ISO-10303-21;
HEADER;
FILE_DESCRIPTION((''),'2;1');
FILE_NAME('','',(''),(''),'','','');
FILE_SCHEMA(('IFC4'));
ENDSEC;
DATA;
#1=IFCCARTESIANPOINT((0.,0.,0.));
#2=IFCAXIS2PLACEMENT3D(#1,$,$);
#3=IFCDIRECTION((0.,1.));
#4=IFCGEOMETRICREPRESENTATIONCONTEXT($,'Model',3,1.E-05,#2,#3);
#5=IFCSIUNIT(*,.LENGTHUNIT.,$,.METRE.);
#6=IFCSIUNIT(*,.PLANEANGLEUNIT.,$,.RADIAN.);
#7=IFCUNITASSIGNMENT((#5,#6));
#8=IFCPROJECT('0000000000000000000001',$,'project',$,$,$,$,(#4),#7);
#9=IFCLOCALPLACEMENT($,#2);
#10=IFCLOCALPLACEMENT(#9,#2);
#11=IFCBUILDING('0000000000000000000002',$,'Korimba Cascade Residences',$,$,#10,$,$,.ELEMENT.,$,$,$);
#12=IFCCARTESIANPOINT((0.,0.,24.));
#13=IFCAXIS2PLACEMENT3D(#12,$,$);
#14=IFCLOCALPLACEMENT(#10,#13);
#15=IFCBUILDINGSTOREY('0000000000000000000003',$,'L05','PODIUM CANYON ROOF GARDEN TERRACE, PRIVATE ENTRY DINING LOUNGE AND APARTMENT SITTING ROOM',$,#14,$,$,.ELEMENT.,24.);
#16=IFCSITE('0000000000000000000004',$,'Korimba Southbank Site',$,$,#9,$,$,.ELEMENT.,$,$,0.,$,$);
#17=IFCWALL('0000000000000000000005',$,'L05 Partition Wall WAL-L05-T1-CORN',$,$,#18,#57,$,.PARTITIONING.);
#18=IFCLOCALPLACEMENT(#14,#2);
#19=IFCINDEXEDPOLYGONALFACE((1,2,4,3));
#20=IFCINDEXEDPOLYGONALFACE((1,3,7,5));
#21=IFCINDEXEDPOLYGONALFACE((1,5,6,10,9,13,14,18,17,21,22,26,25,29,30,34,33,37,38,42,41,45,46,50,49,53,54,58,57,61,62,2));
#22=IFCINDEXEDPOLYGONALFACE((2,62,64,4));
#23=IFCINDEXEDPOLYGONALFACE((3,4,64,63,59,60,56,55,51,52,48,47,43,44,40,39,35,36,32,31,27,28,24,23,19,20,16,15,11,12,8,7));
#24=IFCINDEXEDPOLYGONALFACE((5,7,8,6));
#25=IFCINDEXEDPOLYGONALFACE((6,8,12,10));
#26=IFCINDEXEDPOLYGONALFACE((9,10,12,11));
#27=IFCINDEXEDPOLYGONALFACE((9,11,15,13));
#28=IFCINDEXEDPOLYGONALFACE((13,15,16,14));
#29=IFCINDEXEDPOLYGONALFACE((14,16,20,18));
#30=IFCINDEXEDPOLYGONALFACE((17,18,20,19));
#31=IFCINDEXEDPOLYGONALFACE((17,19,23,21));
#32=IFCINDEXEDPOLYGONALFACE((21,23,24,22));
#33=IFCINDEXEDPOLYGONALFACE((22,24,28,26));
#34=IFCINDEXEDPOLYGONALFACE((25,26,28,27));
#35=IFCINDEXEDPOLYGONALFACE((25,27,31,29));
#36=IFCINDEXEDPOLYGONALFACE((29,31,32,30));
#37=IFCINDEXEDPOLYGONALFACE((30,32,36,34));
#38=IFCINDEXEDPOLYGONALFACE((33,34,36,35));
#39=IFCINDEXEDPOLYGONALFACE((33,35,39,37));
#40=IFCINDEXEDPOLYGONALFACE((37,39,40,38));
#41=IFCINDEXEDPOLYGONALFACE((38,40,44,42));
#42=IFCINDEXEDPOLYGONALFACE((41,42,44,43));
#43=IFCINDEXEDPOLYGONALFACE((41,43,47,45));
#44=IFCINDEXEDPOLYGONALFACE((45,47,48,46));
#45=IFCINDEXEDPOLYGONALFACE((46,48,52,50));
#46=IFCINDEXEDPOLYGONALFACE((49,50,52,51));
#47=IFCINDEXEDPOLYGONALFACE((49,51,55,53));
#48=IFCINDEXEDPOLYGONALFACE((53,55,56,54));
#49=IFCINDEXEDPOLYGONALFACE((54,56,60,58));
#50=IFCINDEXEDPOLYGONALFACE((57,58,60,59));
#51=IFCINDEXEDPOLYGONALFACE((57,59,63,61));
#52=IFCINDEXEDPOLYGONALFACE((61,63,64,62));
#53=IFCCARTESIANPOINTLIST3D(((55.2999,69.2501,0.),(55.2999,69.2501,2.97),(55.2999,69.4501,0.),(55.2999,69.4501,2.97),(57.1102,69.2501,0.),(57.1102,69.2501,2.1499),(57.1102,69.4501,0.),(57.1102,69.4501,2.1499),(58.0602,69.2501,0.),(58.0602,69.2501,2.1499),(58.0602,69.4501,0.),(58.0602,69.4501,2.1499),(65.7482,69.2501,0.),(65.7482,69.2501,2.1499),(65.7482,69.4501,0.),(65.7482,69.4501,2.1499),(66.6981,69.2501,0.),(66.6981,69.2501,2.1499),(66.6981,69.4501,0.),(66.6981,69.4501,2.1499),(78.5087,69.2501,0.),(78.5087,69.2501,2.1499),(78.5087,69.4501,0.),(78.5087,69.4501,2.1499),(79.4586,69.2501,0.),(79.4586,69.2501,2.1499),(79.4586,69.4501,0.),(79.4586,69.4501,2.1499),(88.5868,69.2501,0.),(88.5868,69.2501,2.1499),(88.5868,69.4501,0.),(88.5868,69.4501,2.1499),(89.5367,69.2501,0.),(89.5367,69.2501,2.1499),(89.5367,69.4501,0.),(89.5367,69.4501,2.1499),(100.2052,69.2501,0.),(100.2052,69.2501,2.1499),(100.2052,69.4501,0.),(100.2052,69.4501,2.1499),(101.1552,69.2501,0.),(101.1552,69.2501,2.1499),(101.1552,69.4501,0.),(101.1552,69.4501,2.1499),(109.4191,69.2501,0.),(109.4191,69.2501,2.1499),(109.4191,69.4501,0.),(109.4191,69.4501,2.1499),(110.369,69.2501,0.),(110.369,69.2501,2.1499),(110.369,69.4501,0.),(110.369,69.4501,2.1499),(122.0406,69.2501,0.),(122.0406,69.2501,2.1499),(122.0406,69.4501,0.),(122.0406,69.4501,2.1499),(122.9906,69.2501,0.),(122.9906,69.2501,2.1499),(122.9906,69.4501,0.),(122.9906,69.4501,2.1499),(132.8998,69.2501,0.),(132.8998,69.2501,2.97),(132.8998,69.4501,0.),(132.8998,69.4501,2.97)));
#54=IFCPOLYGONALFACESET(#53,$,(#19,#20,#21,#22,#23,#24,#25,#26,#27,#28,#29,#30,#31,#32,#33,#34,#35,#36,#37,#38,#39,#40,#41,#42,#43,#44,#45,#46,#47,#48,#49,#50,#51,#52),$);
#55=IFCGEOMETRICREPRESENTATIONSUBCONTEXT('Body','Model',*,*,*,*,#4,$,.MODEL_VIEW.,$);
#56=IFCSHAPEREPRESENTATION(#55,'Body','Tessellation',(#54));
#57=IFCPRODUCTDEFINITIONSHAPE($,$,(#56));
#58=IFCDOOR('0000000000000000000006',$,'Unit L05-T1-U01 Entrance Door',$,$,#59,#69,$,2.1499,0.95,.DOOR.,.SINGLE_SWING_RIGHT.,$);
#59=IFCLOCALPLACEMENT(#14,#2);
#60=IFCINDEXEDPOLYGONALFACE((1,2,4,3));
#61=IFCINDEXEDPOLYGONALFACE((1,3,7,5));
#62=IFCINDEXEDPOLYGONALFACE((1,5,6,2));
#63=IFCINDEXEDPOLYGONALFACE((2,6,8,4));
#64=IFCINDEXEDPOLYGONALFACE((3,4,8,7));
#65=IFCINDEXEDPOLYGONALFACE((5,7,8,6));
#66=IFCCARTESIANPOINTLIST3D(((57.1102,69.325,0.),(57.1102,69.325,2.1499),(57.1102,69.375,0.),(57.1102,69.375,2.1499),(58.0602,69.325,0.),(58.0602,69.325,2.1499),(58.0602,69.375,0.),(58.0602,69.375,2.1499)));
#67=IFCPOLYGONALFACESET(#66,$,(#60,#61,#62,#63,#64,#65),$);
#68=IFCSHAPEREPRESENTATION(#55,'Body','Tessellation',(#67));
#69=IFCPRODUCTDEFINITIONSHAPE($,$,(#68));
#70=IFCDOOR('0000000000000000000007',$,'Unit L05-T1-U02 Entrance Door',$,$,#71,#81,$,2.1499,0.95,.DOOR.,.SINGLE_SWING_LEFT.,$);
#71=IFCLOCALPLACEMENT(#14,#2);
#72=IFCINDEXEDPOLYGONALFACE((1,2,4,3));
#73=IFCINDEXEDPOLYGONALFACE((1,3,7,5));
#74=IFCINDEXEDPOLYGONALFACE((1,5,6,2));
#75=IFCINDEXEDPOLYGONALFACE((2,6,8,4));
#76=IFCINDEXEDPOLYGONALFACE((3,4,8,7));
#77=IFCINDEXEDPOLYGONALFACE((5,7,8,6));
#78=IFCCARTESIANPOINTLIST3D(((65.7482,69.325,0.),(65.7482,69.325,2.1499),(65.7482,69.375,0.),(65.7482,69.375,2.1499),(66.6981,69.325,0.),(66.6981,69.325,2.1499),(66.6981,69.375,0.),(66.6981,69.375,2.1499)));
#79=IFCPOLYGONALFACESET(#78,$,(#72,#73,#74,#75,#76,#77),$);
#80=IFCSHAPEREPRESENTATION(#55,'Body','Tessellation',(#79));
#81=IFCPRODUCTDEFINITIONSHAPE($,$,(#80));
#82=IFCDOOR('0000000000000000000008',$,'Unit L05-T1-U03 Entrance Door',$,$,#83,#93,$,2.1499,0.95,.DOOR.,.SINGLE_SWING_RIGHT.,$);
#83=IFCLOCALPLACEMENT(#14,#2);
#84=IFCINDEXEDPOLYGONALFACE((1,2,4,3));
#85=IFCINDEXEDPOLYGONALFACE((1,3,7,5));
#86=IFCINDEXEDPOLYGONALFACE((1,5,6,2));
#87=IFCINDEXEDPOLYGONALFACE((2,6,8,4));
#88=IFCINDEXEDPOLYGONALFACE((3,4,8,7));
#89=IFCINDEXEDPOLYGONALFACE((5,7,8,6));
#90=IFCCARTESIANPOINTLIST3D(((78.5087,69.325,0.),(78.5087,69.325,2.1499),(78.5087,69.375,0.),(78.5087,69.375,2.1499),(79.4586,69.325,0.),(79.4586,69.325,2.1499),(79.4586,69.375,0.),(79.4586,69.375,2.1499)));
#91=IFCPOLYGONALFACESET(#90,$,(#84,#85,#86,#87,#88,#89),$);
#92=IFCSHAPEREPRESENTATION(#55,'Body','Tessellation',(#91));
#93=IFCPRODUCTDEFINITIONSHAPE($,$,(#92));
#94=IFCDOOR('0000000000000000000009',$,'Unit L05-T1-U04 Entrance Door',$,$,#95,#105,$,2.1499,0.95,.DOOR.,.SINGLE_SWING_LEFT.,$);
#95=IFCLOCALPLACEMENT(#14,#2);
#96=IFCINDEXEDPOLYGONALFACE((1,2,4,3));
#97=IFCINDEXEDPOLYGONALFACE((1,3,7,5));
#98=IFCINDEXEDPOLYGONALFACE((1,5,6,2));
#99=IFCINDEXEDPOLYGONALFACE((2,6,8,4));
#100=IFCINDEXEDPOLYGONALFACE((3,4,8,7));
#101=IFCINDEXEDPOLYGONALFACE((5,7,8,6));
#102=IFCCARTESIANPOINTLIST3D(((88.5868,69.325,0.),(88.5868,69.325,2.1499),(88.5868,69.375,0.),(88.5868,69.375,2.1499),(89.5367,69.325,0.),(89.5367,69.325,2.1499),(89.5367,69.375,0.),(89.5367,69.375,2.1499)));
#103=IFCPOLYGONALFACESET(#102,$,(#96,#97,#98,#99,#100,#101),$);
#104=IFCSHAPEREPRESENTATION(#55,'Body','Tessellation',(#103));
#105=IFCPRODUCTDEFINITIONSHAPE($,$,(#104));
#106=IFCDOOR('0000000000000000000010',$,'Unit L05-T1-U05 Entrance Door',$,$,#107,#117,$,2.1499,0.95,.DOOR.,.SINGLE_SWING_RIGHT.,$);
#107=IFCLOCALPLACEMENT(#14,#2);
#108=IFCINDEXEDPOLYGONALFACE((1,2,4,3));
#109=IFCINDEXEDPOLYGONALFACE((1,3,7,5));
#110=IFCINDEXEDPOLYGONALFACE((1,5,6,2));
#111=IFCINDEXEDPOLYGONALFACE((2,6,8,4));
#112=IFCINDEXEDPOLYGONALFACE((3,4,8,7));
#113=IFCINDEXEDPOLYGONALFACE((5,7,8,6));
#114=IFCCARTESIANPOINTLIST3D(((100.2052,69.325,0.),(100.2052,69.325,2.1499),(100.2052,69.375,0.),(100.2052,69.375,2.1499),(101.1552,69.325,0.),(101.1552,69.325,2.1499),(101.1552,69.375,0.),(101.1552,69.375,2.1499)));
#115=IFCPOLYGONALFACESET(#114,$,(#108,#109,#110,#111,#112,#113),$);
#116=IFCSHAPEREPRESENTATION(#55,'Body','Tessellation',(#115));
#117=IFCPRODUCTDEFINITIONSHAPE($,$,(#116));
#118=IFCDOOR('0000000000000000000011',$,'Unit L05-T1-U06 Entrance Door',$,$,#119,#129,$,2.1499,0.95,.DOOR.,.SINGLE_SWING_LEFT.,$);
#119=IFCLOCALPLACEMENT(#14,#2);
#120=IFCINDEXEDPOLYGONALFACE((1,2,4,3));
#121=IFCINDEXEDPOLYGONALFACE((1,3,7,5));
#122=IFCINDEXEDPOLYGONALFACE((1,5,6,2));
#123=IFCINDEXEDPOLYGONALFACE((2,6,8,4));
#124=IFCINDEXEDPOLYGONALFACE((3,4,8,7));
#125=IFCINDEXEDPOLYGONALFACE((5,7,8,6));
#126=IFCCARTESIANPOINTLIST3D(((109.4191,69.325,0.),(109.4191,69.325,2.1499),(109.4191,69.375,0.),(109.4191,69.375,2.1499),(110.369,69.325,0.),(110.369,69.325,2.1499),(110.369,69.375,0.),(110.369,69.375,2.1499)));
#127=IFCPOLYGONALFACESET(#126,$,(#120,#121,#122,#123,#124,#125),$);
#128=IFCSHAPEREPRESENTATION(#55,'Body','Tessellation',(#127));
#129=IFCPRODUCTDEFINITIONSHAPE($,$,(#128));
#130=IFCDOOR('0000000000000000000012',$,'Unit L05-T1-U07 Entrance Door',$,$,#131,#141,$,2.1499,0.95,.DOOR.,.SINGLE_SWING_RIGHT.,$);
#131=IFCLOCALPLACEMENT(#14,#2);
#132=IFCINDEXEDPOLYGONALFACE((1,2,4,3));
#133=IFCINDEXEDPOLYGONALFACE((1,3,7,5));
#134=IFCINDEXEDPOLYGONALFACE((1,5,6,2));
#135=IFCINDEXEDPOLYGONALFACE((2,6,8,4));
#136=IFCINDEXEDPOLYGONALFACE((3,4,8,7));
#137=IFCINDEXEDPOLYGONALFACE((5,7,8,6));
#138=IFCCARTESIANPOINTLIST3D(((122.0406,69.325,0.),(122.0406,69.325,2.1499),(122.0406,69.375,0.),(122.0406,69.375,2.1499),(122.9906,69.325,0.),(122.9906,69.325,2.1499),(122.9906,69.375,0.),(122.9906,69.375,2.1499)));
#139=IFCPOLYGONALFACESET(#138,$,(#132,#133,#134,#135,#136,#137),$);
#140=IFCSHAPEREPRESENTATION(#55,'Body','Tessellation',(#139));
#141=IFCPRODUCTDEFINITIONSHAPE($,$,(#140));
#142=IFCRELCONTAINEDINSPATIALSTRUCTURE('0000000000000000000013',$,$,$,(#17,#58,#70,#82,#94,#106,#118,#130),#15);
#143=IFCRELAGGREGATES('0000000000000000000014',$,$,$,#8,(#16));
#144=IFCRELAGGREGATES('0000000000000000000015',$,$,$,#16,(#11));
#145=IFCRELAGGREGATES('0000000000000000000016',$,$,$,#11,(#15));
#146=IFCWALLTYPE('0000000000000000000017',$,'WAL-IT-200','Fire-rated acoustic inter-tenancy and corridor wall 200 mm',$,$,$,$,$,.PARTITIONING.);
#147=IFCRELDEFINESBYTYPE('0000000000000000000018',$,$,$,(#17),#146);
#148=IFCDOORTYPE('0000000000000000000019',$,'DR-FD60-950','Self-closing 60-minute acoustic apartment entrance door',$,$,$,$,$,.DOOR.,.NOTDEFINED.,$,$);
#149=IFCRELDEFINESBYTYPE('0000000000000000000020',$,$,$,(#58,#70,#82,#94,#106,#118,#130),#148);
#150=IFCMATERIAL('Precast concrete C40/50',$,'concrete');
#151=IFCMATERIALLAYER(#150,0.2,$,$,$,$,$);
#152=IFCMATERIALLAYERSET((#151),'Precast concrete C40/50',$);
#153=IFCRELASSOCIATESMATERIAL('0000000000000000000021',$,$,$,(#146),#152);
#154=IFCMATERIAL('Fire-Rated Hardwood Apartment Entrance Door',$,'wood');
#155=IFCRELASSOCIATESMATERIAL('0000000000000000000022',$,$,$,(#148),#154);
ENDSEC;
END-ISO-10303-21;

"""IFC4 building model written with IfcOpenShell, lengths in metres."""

from ifc_helpers import new_model, si_unit, direction, frame, frame_2d, origin, place, context, subcontext, project, spatial, rectangle, extrude, material, layer, layer_set, type_object, element, fill, save


model = new_model("IFC4")

# Units and contexts
model_context = context("Model", 3, precision=1e-05, world=origin(), true_north=direction((0.0, 1.0)))
body_context = subcontext(model_context, "Body", "Model", "MODEL_VIEW")
ifc_project = project(units=[si_unit("LENGTHUNIT", "METRE"), si_unit("PLANEANGLEUNIT", "RADIAN")], contexts=[model_context])

# Site, building, storey
site_placement = place(None, origin())
site = spatial("IfcSite", under=ifc_project, at=site_placement, Name="Korimba Southbank Site", CompositionType="ELEMENT", RefElevation=0.0)
building_placement = place(site_placement, origin())
building = spatial("IfcBuilding", under=site, at=building_placement, Name="Korimba Cascade Residences", CompositionType="ELEMENT")
storey_placement = place(building_placement, frame((0.0, 0.0, 24.0)))
storey = spatial("IfcBuildingStorey", under=building, at=storey_placement, Name="L05", Description="PODIUM CANYON ROOF GARDEN TERRACE, PRIVATE ENTRY DINING LOUNGE AND APARTMENT SITTING ROOM", CompositionType="ELEMENT", Elevation=24.0)

# Shared definitions
ifc_material_1 = material(Name="Precast concrete C40/50", Category="concrete")

# Shared definitions
ifc_layer_1 = layer(ifc_material_1, 0.2)
ifc_layer_set_1 = layer_set([ifc_layer_1], Name="Precast concrete C40/50")
wall_type_1 = type_object("IfcWallType", Name="WAL-IT-200", Description="Fire-rated acoustic inter-tenancy and corridor wall 200 mm", PredefinedType="PARTITIONING", material=ifc_layer_set_1)
ifc_material_2 = material(Name="Fire-Rated Hardwood Apartment Entrance Door", Category="wood")
door_type_1 = type_object("IfcDoorType", Name="DR-FD60-950", Description="Self-closing 60-minute acoustic apartment entrance door", OperationType="NOTDEFINED", PredefinedType="DOOR", material=ifc_material_2)

# Wall, openings, doors
wall_1_placement = place(storey_placement, frame((55.3, 69.3501, 0.0), z_axis=(0.0, 0.0, 1.0), x_axis=(1.0, 0.0, 0.0)))
wall_1 = element("IfcWall", 1, at=wall_1_placement, inside=storey, type_object=wall_type_1, Name="L05 Partition Wall WAL-L05-T1-CORN", PredefinedType="PARTITIONING", context=body_context, shape_type="SweptSolid", body=[
    extrude(rectangle(XDim=77.5999, YDim=0.2, at=frame_2d((38.7998, 0.0))), origin(), (0.0, 0.0, 1.0), 2.97),
])
opening_1_placement = place(wall_1_placement, frame((1.8101, 0.0, 0.0)))
opening_1 = element("IfcOpeningElement", 2, at=opening_1_placement, cuts=wall_1, PredefinedType="OPENING", context=body_context, shape_type="SweptSolid", body=[
    extrude(rectangle(XDim=0.95, YDim=2.1499, at=frame_2d((0.4751, 1.075))), frame((0.0, 0.1099, 0.0), z_axis=(0.0, -1.0, 0.0), x_axis=(1.0, 0.0, 0.0)), (0.0, 0.0, 1.0), 0.22),
])
opening_2_placement = place(wall_1_placement, frame((10.448, 0.0, 0.0)))
opening_2 = element("IfcOpeningElement", 3, at=opening_2_placement, cuts=wall_1, PredefinedType="OPENING", context=body_context, shape_type="SweptSolid", body=[
    extrude(rectangle(XDim=0.95, YDim=2.1499, at=frame_2d((0.4751, 1.075))), frame((0.0, 0.1099, 0.0), z_axis=(0.0, -1.0, 0.0), x_axis=(1.0, 0.0, 0.0)), (0.0, 0.0, 1.0), 0.22),
])
opening_3_placement = place(wall_1_placement, frame((23.2085, 0.0, 0.0)))
opening_3 = element("IfcOpeningElement", 4, at=opening_3_placement, cuts=wall_1, PredefinedType="OPENING", context=body_context, shape_type="SweptSolid", body=[
    extrude(rectangle(XDim=0.95, YDim=2.1499, at=frame_2d((0.4751, 1.075))), frame((0.0, 0.1099, 0.0), z_axis=(0.0, -1.0, 0.0), x_axis=(1.0, 0.0, 0.0)), (0.0, 0.0, 1.0), 0.22),
])
opening_4_placement = place(wall_1_placement, frame((33.2866, 0.0, 0.0)))
opening_4 = element("IfcOpeningElement", 5, at=opening_4_placement, cuts=wall_1, PredefinedType="OPENING", context=body_context, shape_type="SweptSolid", body=[
    extrude(rectangle(XDim=0.95, YDim=2.1499, at=frame_2d((0.4751, 1.075))), frame((0.0, 0.1099, 0.0), z_axis=(0.0, -1.0, 0.0), x_axis=(1.0, 0.0, 0.0)), (0.0, 0.0, 1.0), 0.22),
])
opening_5_placement = place(wall_1_placement, frame((44.905, 0.0, 0.0)))
opening_5 = element("IfcOpeningElement", 6, at=opening_5_placement, cuts=wall_1, PredefinedType="OPENING", context=body_context, shape_type="SweptSolid", body=[
    extrude(rectangle(XDim=0.95, YDim=2.1499, at=frame_2d((0.4751, 1.075))), frame((0.0, 0.1099, 0.0), z_axis=(0.0, -1.0, 0.0), x_axis=(1.0, 0.0, 0.0)), (0.0, 0.0, 1.0), 0.22),
])
opening_6_placement = place(wall_1_placement, frame((54.1189, 0.0, 0.0)))
opening_6 = element("IfcOpeningElement", 7, at=opening_6_placement, cuts=wall_1, PredefinedType="OPENING", context=body_context, shape_type="SweptSolid", body=[
    extrude(rectangle(XDim=0.95, YDim=2.1499, at=frame_2d((0.4751, 1.075))), frame((0.0, 0.1099, 0.0), z_axis=(0.0, -1.0, 0.0), x_axis=(1.0, 0.0, 0.0)), (0.0, 0.0, 1.0), 0.22),
])
opening_7_placement = place(wall_1_placement, frame((66.7405, 0.0, 0.0)))
opening_7 = element("IfcOpeningElement", 8, at=opening_7_placement, cuts=wall_1, PredefinedType="OPENING", context=body_context, shape_type="SweptSolid", body=[
    extrude(rectangle(XDim=0.95, YDim=2.1499, at=frame_2d((0.4751, 1.075))), frame((0.0, 0.1099, 0.0), z_axis=(0.0, -1.0, 0.0), x_axis=(1.0, 0.0, 0.0)), (0.0, 0.0, 1.0), 0.22),
])
door_1_placement = place(opening_1_placement, origin())
door_1 = element("IfcDoor", 9, at=door_1_placement, inside=storey, type_object=door_type_1, Name="Unit L05-T1-U01 Entrance Door", OperationType="SINGLE_SWING_RIGHT", OverallHeight=2.1499, OverallWidth=0.95, PredefinedType="DOOR", context=body_context, shape_type="SweptSolid", body=[
    extrude(rectangle(XDim=0.95, YDim=2.1499, at=frame_2d((0.4751, 1.075))), frame((0.0, 0.0249, 0.0), z_axis=(0.0, -1.0, 0.0), x_axis=(1.0, 0.0, 0.0)), (0.0, 0.0, 1.0), 0.05),
])
fill(opening_1, door_1)
door_2_placement = place(opening_2_placement, origin())
door_2 = element("IfcDoor", 10, at=door_2_placement, inside=storey, type_object=door_type_1, Name="Unit L05-T1-U02 Entrance Door", OperationType="SINGLE_SWING_LEFT", OverallHeight=2.1499, OverallWidth=0.95, PredefinedType="DOOR", context=body_context, shape_type="SweptSolid", body=[
    extrude(rectangle(XDim=0.95, YDim=2.1499, at=frame_2d((0.4751, 1.075))), frame((0.0, 0.0249, 0.0), z_axis=(0.0, -1.0, 0.0), x_axis=(1.0, 0.0, 0.0)), (0.0, 0.0, 1.0), 0.05),
])
fill(opening_2, door_2)
door_3_placement = place(opening_3_placement, origin())
door_3 = element("IfcDoor", 11, at=door_3_placement, inside=storey, type_object=door_type_1, Name="Unit L05-T1-U03 Entrance Door", OperationType="SINGLE_SWING_RIGHT", OverallHeight=2.1499, OverallWidth=0.95, PredefinedType="DOOR", context=body_context, shape_type="SweptSolid", body=[
    extrude(rectangle(XDim=0.95, YDim=2.1499, at=frame_2d((0.4751, 1.075))), frame((0.0, 0.0249, 0.0), z_axis=(0.0, -1.0, 0.0), x_axis=(1.0, 0.0, 0.0)), (0.0, 0.0, 1.0), 0.05),
])
fill(opening_3, door_3)
door_4_placement = place(opening_4_placement, origin())
door_4 = element("IfcDoor", 12, at=door_4_placement, inside=storey, type_object=door_type_1, Name="Unit L05-T1-U04 Entrance Door", OperationType="SINGLE_SWING_LEFT", OverallHeight=2.1499, OverallWidth=0.95, PredefinedType="DOOR", context=body_context, shape_type="SweptSolid", body=[
    extrude(rectangle(XDim=0.95, YDim=2.1499, at=frame_2d((0.4751, 1.075))), frame((0.0, 0.0249, 0.0), z_axis=(0.0, -1.0, 0.0), x_axis=(1.0, 0.0, 0.0)), (0.0, 0.0, 1.0), 0.05),
])
fill(opening_4, door_4)
door_5_placement = place(opening_5_placement, origin())
door_5 = element("IfcDoor", 13, at=door_5_placement, inside=storey, type_object=door_type_1, Name="Unit L05-T1-U05 Entrance Door", OperationType="SINGLE_SWING_RIGHT", OverallHeight=2.1499, OverallWidth=0.95, PredefinedType="DOOR", context=body_context, shape_type="SweptSolid", body=[
    extrude(rectangle(XDim=0.95, YDim=2.1499, at=frame_2d((0.4751, 1.075))), frame((0.0, 0.0249, 0.0), z_axis=(0.0, -1.0, 0.0), x_axis=(1.0, 0.0, 0.0)), (0.0, 0.0, 1.0), 0.05),
])
fill(opening_5, door_5)
door_6_placement = place(opening_6_placement, origin())
door_6 = element("IfcDoor", 14, at=door_6_placement, inside=storey, type_object=door_type_1, Name="Unit L05-T1-U06 Entrance Door", OperationType="SINGLE_SWING_LEFT", OverallHeight=2.1499, OverallWidth=0.95, PredefinedType="DOOR", context=body_context, shape_type="SweptSolid", body=[
    extrude(rectangle(XDim=0.95, YDim=2.1499, at=frame_2d((0.4751, 1.075))), frame((0.0, 0.0249, 0.0), z_axis=(0.0, -1.0, 0.0), x_axis=(1.0, 0.0, 0.0)), (0.0, 0.0, 1.0), 0.05),
])
fill(opening_6, door_6)
door_7_placement = place(opening_7_placement, origin())
door_7 = element("IfcDoor", 15, at=door_7_placement, inside=storey, type_object=door_type_1, Name="Unit L05-T1-U07 Entrance Door", OperationType="SINGLE_SWING_RIGHT", OverallHeight=2.1499, OverallWidth=0.95, PredefinedType="DOOR", context=body_context, shape_type="SweptSolid", body=[
    extrude(rectangle(XDim=0.95, YDim=2.1499, at=frame_2d((0.4751, 1.075))), frame((0.0, 0.0249, 0.0), z_axis=(0.0, -1.0, 0.0), x_axis=(1.0, 0.0, 0.0)), (0.0, 0.0, 1.0), 0.05),
])
fill(opening_7, door_7)

save(model, "model.ifc")
